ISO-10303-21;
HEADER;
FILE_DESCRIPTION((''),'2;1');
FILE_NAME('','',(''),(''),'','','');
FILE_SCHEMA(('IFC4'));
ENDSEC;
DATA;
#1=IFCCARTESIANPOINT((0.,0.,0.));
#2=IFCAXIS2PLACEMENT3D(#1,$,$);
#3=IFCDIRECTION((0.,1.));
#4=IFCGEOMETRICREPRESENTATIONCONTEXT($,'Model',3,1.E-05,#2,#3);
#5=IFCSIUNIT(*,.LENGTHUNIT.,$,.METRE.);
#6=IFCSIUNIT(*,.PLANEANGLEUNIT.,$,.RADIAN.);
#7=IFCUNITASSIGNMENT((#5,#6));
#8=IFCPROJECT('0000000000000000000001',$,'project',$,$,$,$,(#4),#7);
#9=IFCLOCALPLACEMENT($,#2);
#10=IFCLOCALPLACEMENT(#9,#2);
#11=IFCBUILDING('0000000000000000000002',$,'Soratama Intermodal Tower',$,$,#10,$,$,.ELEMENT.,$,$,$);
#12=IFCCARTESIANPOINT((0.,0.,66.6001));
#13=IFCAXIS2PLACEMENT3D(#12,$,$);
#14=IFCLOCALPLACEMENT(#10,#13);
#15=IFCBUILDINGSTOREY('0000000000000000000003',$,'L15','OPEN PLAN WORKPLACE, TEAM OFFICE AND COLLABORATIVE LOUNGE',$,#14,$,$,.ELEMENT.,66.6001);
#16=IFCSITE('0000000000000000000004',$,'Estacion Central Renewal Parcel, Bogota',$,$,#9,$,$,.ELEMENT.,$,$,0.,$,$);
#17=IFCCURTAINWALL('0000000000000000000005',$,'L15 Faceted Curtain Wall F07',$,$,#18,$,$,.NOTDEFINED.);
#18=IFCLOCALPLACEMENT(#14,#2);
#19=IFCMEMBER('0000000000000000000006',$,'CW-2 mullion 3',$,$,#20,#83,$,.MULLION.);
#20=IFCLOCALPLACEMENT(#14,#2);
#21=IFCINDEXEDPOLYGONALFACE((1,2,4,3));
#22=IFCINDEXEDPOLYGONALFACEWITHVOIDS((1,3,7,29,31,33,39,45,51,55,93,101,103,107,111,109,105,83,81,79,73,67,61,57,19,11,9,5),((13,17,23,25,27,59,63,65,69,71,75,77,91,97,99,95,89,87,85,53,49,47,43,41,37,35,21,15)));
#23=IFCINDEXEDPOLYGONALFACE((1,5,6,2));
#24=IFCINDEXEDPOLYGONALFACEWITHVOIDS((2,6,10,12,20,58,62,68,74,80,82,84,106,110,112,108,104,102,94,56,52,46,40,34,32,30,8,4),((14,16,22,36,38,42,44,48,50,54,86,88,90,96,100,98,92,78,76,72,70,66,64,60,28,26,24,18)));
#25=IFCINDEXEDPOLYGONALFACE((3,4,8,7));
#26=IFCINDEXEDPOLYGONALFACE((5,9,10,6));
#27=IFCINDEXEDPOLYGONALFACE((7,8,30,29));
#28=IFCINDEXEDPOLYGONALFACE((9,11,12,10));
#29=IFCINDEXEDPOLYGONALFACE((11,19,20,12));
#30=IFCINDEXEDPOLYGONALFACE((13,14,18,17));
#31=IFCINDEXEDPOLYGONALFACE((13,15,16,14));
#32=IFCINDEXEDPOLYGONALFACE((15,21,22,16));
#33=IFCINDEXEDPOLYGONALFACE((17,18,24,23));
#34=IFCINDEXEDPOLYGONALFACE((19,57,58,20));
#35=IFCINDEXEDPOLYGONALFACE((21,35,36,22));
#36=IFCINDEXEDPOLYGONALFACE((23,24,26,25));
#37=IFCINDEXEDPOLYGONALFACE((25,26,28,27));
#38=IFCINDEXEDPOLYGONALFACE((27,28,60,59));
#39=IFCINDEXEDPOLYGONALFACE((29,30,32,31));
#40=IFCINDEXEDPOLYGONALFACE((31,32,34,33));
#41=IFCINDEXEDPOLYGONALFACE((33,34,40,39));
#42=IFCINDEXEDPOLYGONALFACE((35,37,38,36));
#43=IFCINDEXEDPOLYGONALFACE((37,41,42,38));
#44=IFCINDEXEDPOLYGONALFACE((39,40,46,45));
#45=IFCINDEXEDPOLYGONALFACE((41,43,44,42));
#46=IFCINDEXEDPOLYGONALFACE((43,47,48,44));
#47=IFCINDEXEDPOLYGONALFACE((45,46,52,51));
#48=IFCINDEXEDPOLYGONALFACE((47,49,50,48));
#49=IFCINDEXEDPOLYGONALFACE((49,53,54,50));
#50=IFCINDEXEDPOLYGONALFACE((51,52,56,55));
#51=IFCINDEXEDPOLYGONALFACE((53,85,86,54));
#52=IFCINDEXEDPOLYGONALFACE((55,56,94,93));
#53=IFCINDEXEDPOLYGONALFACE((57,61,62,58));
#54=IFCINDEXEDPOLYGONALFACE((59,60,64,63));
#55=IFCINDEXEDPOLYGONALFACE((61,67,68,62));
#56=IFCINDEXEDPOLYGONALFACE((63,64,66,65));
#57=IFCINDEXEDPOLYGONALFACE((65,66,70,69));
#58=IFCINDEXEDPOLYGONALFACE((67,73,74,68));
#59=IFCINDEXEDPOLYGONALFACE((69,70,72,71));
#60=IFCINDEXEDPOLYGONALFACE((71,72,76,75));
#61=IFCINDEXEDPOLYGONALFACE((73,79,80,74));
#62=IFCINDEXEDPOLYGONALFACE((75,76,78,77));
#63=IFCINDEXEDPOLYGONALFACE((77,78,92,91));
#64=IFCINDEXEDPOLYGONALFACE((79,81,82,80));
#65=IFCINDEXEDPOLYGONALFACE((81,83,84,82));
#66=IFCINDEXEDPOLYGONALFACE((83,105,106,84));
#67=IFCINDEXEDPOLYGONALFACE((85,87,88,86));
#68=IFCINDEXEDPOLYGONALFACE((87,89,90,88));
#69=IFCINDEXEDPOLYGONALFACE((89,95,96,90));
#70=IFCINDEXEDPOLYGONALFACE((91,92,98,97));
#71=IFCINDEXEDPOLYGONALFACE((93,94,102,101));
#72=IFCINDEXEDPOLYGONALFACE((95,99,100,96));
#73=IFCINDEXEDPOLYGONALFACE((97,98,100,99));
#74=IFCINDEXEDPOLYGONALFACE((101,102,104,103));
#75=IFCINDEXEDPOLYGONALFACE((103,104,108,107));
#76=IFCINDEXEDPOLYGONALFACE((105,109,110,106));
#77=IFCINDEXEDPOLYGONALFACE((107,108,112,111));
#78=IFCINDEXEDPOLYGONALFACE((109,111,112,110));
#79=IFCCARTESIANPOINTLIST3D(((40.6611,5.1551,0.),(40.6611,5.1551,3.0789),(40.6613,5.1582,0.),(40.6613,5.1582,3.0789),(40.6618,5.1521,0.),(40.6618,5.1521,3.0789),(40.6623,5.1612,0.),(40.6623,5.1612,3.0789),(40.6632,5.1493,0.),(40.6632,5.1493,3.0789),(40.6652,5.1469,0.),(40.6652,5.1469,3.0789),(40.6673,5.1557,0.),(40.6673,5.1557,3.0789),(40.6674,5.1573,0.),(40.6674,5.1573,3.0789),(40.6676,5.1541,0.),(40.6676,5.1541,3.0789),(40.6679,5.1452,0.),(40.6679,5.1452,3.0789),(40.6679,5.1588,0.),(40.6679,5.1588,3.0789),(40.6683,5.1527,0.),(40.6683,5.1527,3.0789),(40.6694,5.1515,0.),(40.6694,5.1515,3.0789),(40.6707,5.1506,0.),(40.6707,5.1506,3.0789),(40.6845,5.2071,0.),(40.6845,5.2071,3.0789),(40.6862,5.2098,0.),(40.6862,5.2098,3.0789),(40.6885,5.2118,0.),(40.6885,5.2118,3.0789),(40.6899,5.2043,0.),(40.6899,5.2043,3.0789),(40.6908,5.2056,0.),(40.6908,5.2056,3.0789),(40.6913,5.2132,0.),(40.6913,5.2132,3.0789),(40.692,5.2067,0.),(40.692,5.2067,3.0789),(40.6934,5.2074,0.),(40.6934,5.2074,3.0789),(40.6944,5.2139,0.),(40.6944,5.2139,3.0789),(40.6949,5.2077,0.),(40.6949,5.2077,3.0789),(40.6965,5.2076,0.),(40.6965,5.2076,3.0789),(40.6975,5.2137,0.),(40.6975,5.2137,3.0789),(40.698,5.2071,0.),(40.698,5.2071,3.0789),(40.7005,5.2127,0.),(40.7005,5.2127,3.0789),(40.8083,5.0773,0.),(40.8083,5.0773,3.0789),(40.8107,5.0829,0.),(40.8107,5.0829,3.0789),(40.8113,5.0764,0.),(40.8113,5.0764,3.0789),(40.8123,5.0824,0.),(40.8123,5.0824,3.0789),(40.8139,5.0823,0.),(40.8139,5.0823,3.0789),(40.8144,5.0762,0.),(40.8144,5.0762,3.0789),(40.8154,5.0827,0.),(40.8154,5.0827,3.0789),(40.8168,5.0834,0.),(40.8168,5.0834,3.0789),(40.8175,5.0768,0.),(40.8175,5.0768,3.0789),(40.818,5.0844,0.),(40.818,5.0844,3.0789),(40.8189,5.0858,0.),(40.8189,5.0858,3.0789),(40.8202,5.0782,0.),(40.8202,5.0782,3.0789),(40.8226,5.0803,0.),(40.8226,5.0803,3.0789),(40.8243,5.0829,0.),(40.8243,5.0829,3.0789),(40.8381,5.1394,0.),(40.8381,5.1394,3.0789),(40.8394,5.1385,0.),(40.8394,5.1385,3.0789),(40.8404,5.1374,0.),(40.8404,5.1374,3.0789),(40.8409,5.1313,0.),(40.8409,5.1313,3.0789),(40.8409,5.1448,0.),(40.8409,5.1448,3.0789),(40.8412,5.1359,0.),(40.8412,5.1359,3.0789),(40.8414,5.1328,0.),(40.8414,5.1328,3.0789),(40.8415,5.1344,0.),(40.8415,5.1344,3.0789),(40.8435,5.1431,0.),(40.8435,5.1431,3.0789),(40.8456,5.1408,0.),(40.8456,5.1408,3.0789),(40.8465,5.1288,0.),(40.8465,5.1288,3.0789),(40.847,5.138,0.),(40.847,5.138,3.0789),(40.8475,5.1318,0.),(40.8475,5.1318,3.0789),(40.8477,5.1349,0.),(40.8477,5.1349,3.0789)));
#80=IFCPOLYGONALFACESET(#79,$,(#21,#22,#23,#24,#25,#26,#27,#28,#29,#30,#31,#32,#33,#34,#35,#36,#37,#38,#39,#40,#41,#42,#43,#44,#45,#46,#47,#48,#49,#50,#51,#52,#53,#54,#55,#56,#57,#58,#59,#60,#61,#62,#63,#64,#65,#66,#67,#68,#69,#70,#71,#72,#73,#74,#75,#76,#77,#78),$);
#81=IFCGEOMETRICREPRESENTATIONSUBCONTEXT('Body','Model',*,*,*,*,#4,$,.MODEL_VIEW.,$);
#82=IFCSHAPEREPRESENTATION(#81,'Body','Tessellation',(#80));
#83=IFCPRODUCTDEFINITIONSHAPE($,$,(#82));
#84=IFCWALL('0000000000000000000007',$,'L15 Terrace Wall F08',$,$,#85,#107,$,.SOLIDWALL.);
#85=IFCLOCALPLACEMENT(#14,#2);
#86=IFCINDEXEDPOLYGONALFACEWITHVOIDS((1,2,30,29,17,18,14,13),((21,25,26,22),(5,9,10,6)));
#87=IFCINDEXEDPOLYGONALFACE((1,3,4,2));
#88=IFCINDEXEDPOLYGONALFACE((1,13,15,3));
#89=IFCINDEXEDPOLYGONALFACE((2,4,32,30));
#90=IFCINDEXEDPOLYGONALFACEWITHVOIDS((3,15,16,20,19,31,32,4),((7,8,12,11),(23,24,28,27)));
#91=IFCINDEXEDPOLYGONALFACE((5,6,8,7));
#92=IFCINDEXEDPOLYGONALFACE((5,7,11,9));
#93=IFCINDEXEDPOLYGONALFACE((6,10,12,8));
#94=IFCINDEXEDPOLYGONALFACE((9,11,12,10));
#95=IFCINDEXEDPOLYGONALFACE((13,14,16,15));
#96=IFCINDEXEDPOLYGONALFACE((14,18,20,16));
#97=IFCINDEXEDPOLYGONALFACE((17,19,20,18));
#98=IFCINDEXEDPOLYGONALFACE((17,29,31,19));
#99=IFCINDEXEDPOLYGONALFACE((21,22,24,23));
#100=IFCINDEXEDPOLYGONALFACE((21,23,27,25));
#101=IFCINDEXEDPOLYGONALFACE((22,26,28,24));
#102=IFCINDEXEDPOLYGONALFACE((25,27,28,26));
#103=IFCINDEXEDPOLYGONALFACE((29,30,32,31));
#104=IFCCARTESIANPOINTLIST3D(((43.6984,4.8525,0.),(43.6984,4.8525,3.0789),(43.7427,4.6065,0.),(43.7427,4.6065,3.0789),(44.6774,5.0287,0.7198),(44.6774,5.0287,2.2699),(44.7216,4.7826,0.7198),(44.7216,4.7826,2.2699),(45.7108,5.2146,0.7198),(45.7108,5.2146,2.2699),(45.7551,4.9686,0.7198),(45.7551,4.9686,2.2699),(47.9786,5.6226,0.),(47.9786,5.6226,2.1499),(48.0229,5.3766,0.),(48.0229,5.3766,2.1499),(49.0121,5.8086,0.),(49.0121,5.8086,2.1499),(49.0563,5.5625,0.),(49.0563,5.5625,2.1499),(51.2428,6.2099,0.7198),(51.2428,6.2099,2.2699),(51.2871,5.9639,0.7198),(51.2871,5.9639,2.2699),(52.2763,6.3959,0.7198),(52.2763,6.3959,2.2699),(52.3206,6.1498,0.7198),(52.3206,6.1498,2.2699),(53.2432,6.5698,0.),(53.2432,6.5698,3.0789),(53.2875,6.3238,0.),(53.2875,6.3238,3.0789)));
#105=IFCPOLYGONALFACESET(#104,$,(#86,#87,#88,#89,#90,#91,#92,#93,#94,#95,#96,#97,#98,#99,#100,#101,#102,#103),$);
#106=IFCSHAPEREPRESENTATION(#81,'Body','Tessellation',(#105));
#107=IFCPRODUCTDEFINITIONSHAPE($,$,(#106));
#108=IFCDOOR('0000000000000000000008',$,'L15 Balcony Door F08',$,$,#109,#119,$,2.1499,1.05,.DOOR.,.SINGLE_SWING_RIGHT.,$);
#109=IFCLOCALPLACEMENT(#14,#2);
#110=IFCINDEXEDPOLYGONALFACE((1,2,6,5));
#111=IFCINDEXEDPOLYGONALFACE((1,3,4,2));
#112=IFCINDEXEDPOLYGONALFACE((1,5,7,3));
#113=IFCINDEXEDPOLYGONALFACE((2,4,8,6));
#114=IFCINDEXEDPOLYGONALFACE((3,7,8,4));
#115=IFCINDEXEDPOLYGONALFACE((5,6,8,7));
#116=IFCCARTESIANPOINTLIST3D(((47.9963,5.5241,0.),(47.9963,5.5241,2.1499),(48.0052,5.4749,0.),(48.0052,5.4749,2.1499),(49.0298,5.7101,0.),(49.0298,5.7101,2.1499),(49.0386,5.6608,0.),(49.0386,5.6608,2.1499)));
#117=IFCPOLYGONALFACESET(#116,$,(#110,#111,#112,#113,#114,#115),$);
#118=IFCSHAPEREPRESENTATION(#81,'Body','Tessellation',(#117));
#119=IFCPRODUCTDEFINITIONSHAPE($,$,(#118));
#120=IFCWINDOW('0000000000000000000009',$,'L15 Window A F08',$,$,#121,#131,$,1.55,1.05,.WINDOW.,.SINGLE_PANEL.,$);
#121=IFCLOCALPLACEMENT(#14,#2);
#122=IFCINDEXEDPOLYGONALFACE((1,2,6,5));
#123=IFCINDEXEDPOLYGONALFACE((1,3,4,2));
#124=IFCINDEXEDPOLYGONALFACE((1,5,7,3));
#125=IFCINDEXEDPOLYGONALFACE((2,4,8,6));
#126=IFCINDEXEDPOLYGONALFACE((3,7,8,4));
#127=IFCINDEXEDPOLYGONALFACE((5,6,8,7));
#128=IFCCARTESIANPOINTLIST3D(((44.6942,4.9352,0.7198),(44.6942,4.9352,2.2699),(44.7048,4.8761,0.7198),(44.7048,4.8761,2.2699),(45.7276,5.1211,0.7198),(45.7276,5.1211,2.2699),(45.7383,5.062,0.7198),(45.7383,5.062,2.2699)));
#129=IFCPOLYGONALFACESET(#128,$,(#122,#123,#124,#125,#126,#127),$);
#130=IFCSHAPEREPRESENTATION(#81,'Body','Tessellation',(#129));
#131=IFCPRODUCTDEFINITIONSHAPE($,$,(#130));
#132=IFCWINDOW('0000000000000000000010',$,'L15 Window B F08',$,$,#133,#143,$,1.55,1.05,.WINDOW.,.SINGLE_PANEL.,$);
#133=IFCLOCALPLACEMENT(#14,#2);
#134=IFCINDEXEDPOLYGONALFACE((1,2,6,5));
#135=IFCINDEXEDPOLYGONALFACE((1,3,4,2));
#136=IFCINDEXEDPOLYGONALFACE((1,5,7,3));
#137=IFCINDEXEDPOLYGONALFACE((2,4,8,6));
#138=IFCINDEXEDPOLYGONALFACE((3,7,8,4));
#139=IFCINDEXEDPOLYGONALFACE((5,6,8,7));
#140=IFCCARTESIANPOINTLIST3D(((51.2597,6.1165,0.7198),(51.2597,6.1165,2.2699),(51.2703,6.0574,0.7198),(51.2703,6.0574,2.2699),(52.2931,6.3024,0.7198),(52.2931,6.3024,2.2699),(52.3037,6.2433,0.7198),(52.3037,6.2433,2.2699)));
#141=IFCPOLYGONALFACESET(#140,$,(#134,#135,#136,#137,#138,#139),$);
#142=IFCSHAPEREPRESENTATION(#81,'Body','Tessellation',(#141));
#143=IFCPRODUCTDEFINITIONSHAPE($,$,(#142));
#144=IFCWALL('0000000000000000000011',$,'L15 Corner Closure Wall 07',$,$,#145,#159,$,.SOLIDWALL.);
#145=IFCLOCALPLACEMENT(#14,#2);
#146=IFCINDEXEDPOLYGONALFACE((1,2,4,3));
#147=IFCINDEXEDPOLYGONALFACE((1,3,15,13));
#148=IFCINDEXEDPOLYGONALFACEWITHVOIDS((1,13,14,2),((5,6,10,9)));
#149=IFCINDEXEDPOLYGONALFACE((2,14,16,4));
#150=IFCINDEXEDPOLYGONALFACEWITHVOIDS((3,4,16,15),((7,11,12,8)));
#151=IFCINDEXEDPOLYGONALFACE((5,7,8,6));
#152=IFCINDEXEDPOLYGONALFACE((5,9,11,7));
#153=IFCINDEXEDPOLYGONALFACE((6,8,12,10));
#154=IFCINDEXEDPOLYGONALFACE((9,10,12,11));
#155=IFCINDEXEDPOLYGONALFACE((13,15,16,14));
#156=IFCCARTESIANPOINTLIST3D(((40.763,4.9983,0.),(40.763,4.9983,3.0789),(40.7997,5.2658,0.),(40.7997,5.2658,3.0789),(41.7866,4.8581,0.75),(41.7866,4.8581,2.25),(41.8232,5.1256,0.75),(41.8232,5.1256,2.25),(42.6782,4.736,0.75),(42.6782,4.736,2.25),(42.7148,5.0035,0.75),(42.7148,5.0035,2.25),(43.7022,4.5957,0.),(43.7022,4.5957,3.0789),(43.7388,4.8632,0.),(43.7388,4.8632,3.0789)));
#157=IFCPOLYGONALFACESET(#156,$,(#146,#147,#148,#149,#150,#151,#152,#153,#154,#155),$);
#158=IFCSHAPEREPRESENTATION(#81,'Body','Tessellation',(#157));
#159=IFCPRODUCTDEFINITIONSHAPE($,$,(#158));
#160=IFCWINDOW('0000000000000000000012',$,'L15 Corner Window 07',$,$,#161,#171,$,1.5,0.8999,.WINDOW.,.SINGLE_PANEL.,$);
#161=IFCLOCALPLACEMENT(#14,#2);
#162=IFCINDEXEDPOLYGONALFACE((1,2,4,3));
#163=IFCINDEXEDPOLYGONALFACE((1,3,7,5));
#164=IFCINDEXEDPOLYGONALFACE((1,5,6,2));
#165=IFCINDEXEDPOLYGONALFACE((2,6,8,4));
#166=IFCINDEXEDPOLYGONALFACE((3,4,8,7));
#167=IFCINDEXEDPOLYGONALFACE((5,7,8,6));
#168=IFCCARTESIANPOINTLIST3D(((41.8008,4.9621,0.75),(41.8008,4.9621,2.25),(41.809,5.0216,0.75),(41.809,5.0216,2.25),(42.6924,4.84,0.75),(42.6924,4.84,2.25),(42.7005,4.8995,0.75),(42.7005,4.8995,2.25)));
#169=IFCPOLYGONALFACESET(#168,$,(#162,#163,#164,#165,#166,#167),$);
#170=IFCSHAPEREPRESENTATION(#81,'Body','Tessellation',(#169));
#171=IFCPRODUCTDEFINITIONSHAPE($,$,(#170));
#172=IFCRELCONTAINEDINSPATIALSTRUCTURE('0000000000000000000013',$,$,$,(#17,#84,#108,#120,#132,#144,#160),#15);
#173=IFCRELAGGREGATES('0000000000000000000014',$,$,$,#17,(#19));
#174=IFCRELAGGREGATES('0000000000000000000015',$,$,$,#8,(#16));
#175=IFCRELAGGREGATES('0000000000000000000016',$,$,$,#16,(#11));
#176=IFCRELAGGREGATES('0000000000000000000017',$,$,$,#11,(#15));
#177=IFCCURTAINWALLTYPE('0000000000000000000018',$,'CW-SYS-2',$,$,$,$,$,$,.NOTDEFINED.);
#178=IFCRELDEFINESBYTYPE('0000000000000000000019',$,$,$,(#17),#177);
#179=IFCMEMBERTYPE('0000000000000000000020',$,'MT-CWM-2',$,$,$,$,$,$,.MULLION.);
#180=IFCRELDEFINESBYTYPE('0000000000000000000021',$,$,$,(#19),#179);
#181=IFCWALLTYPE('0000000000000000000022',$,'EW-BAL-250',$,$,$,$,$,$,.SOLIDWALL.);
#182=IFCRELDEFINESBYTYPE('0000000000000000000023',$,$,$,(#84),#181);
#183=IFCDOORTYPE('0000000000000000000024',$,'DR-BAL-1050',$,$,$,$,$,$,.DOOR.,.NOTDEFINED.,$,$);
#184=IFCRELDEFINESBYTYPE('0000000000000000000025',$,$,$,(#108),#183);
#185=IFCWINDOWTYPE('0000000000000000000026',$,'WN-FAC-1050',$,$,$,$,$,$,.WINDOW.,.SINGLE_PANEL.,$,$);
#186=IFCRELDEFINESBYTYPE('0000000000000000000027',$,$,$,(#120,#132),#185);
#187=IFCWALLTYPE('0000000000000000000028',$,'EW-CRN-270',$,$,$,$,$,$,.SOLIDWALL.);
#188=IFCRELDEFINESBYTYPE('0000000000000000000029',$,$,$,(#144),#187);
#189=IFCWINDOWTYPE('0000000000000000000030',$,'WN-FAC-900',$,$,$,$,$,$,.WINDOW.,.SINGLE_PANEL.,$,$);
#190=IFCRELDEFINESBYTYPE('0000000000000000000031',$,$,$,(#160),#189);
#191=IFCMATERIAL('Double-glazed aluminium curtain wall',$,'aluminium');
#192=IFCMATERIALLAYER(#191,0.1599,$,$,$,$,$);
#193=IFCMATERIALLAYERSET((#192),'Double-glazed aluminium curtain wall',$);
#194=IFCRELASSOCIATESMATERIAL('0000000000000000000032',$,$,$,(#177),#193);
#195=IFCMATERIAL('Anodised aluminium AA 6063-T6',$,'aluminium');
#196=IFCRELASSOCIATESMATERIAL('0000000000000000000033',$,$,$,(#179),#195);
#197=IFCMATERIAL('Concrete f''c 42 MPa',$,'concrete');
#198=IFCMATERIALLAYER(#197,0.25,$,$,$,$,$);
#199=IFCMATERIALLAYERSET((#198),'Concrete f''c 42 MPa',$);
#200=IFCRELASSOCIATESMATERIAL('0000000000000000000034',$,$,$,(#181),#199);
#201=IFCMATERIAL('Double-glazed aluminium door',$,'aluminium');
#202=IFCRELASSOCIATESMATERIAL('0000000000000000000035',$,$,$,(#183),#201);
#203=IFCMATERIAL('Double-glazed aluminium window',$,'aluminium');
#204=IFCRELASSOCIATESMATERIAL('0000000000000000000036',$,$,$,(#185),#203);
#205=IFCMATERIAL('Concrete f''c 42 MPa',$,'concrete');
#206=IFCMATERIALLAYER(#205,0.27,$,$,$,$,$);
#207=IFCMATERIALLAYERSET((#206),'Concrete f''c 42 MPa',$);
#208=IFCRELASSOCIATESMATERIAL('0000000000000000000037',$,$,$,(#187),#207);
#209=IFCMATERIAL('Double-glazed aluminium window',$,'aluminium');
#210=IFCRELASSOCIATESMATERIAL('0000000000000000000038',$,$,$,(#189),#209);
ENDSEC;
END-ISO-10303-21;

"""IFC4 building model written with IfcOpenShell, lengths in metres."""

from ifc_helpers import new_model, si_unit, direction, frame, frame_2d, origin, origin_2d, place, context, subcontext, project, spatial, rectangle, hollow_rectangle, extrude, material, layer, layer_set, material_profile, profile_set, type_object, element, fill, aggregate, save


model = new_model("IFC4")

# Units and contexts
model_context = context("Model", 3, precision=1e-05, world=origin(), true_north=direction((0.0, 1.0)))
body_context = subcontext(model_context, "Body", "Model", "MODEL_VIEW")
ifc_project = project(units=[si_unit("LENGTHUNIT", "METRE"), si_unit("PLANEANGLEUNIT", "RADIAN")], contexts=[model_context])

# Site, building, storey
site_placement = place(None, origin())
site = spatial("IfcSite", under=ifc_project, at=site_placement, Name="Estacion Central Renewal Parcel, Bogota", CompositionType="ELEMENT", RefElevation=0.0)
building_placement = place(site_placement, origin())
building = spatial("IfcBuilding", under=site, at=building_placement, Name="Soratama Intermodal Tower", CompositionType="ELEMENT")
storey_placement = place(building_placement, frame((0.0, 0.0, 66.6001)))
storey = spatial("IfcBuildingStorey", under=building, at=storey_placement, Name="L15", Description="OPEN PLAN WORKPLACE, TEAM OFFICE AND COLLABORATIVE LOUNGE", CompositionType="ELEMENT", Elevation=66.6001)

# Curtain wall, member
ifc_material_1 = material(Name="Double-glazed aluminium curtain wall", Category="aluminium")
ifc_layer_1 = layer(ifc_material_1, 0.1599)
ifc_layer_set_1 = layer_set([ifc_layer_1], Name="Double-glazed aluminium curtain wall")
curtain_wall_type = type_object("IfcCurtainWallType", Name="CW-SYS-2", PredefinedType="NOTDEFINED", material=ifc_layer_set_1)
curtain_wall_placement = place(storey_placement, origin())
curtain_wall = element("IfcCurtainWall", 1, at=curtain_wall_placement, inside=storey, type_object=curtain_wall_type, Name="L15 Faceted Curtain Wall F07", PredefinedType="NOTDEFINED")
ifc_material_2 = material(Name="Anodised aluminium AA 6063-T6", Category="aluminium")
ifc_material_profile_1 = material_profile(ifc_material_2, hollow_rectangle(XDim=0.075, YDim=0.1799, WallThickness=0.0061, InnerFilletRadius=0.0061, OuterFilletRadius=0.012, at=origin_2d()), Name="CWM180X75X6")
ifc_profile_set_1 = profile_set([ifc_material_profile_1], Name="Anodised aluminium AA 6063-T6")
member_type = type_object("IfcMemberType", Name="MT-CWM-2", PredefinedType="MULLION", material=ifc_profile_set_1)
member_placement = place(storey_placement, frame((40.7544, 5.145, 0.0), z_axis=(0.0, 0.0, 1.0), x_axis=(0.435225, 0.900322, 0.0)))
member = element("IfcMember", 2, at=member_placement, type_object=member_type, Name="CW-2 mullion 3", PredefinedType="MULLION", context=body_context, shape_type="SweptSolid", body=[
    extrude(hollow_rectangle(XDim=0.075, YDim=0.1799, WallThickness=0.0061, InnerFilletRadius=0.0061, OuterFilletRadius=0.012, at=origin_2d()), origin(), (0.0, 0.0, 1.0), 3.0789),
])
aggregate(curtain_wall, [member])

# Wall, openings, door, windows
ifc_material_3 = material(Name="Concrete f'c 42 MPa", Category="concrete")
ifc_layer_2 = layer(ifc_material_3, 0.25)
ifc_layer_set_2 = layer_set([ifc_layer_2], Name="Concrete f'c 42 MPa")
wall_type_1 = type_object("IfcWallType", Name="EW-BAL-250", PredefinedType="SOLIDWALL", material=ifc_layer_set_2)
wall_1_placement = place(storey_placement, frame((43.7205, 4.7295, 0.0), z_axis=(0.0, 0.0, 1.0), x_axis=(0.984197, 0.177077, 0.0)))
wall_1 = element("IfcWall", 3, at=wall_1_placement, inside=storey, type_object=wall_type_1, Name="L15 Terrace Wall F08", PredefinedType="SOLIDWALL", context=body_context, shape_type="SweptSolid", body=[
    extrude(rectangle(XDim=9.698, YDim=0.25, at=frame_2d((4.8491, 0.0))), origin(), (0.0, 0.0, 1.0), 3.0789),
])
opening_1_placement = place(wall_1_placement, frame((4.3491, 0.0, 0.0)))
opening_1 = element("IfcOpeningElement", 4, at=opening_1_placement, cuts=wall_1, PredefinedType="OPENING", context=body_context, shape_type="SweptSolid", body=[
    extrude(rectangle(XDim=1.05, YDim=2.1499, at=frame_2d((0.5249, 1.075))), frame((0.0, 0.135, 0.0), z_axis=(0.0, -1.0, 0.0), x_axis=(1.0, 0.0, 0.0)), (0.0, 0.0, 1.0), 0.27),
])
opening_2_placement = place(wall_1_placement, frame((0.9949, 0.0, 0.72)))
opening_2 = element("IfcOpeningElement", 5, at=opening_2_placement, cuts=wall_1, PredefinedType="OPENING", context=body_context, shape_type="SweptSolid", body=[
    extrude(rectangle(XDim=1.05, YDim=1.55, at=frame_2d((0.5249, 0.7749))), frame((0.0, 0.135, 0.0), z_axis=(0.0, -1.0, 0.0), x_axis=(1.0, 0.0, 0.0)), (0.0, 0.0, 1.0), 0.27),
])
opening_3_placement = place(wall_1_placement, frame((7.6658, 0.0, 0.72)))
opening_3 = element("IfcOpeningElement", 6, at=opening_3_placement, cuts=wall_1, PredefinedType="OPENING", context=body_context, shape_type="SweptSolid", body=[
    extrude(rectangle(XDim=1.05, YDim=1.55, at=frame_2d((0.5249, 0.7749))), frame((0.0, 0.135, 0.0), z_axis=(0.0, -1.0, 0.0), x_axis=(1.0, 0.0, 0.0)), (0.0, 0.0, 1.0), 0.27),
])
ifc_material_4 = material(Name="Double-glazed aluminium door", Category="aluminium")
door_type_1 = type_object("IfcDoorType", Name="DR-BAL-1050", OperationType="NOTDEFINED", PredefinedType="DOOR", material=ifc_material_4)
door_1_placement = place(opening_1_placement, origin())
door_1 = element("IfcDoor", 7, at=door_1_placement, inside=storey, type_object=door_type_1, Name="L15 Balcony Door F08", OperationType="SINGLE_SWING_RIGHT", OverallHeight=2.1499, OverallWidth=1.05, PredefinedType="DOOR", context=body_context, shape_type="SweptSolid", body=[
    extrude(rectangle(XDim=1.05, YDim=2.1499, at=frame_2d((0.5249, 1.075))), frame((0.0, 0.0249, 0.0), z_axis=(0.0, -1.0, 0.0), x_axis=(1.0, 0.0, 0.0)), (0.0, 0.0, 1.0), 0.05),
])
fill(opening_1, door_1)
ifc_material_5 = material(Name="Double-glazed aluminium window", Category="aluminium")
window_type_1 = type_object("IfcWindowType", Name="WN-FAC-1050", PartitioningType="SINGLE_PANEL", PredefinedType="WINDOW", material=ifc_material_5)
window_1_placement = place(opening_2_placement, origin())
window_1 = element("IfcWindow", 8, at=window_1_placement, inside=storey, type_object=window_type_1, Name="L15 Window A F08", OverallHeight=1.55, OverallWidth=1.05, PartitioningType="SINGLE_PANEL", PredefinedType="WINDOW", context=body_context, shape_type="SweptSolid", body=[
    extrude(rectangle(XDim=1.05, YDim=1.55, at=frame_2d((0.5249, 0.7749))), frame((0.0, 0.03, 0.0), z_axis=(0.0, -1.0, 0.0), x_axis=(1.0, 0.0, 0.0)), (0.0, 0.0, 1.0), 0.0601),
])
fill(opening_2, window_1)
window_2_placement = place(opening_3_placement, origin())
window_2 = element("IfcWindow", 9, at=window_2_placement, inside=storey, type_object=window_type_1, Name="L15 Window B F08", OverallHeight=1.55, OverallWidth=1.05, PartitioningType="SINGLE_PANEL", PredefinedType="WINDOW", context=body_context, shape_type="SweptSolid", body=[
    extrude(rectangle(XDim=1.05, YDim=1.55, at=frame_2d((0.5249, 0.7749))), frame((0.0, 0.03, 0.0), z_axis=(0.0, -1.0, 0.0), x_axis=(1.0, 0.0, 0.0)), (0.0, 0.0, 1.0), 0.0601),
])
fill(opening_3, window_2)

# Wall, opening, window
ifc_material_6 = material(Name="Concrete f'c 42 MPa", Category="concrete")
ifc_layer_3 = layer(ifc_material_6, 0.27)
ifc_layer_set_3 = layer_set([ifc_layer_3], Name="Concrete f'c 42 MPa")
wall_type_2 = type_object("IfcWallType", Name="EW-CRN-270", PredefinedType="SOLIDWALL", material=ifc_layer_set_3)
wall_2_placement = place(storey_placement, frame((40.7812, 5.1321, 0.0), z_axis=(0.0, 0.0, 1.0), x_axis=(0.990749, -0.135704, 0.0)))
wall_2 = element("IfcWall", 10, at=wall_2_placement, inside=storey, type_object=wall_type_2, Name="L15 Corner Closure Wall 07", PredefinedType="SOLIDWALL", context=body_context, shape_type="SweptSolid", body=[
    extrude(rectangle(XDim=2.9666, YDim=0.27, at=frame_2d((1.4834, 0.0))), origin(), (0.0, 0.0, 1.0), 3.0789),
])
opening_4_placement = place(wall_2_placement, frame((1.0332, 0.0, 0.75)))
opening_4 = element("IfcOpeningElement", 11, at=opening_4_placement, cuts=wall_2, PredefinedType="OPENING", context=body_context, shape_type="SweptSolid", body=[
    extrude(rectangle(XDim=0.8999, YDim=1.5, at=frame_2d((0.45, 0.75))), frame((0.0, 0.145, 0.0), z_axis=(0.0, -1.0, 0.0), x_axis=(1.0, 0.0, 0.0)), (0.0, 0.0, 1.0), 0.29),
])
ifc_material_7 = material(Name="Double-glazed aluminium window", Category="aluminium")
window_type_2 = type_object("IfcWindowType", Name="WN-FAC-900", PartitioningType="SINGLE_PANEL", PredefinedType="WINDOW", material=ifc_material_7)
window_3_placement = place(opening_4_placement, origin())
window_3 = element("IfcWindow", 12, at=window_3_placement, inside=storey, type_object=window_type_2, Name="L15 Corner Window 07", OverallHeight=1.5, OverallWidth=0.8999, PartitioningType="SINGLE_PANEL", PredefinedType="WINDOW", context=body_context, shape_type="SweptSolid", body=[
    extrude(rectangle(XDim=0.8999, YDim=1.5, at=frame_2d((0.45, 0.75))), frame((0.0, 0.03, 0.0), z_axis=(0.0, -1.0, 0.0), x_axis=(1.0, 0.0, 0.0)), (0.0, 0.0, 1.0), 0.0601),
])
fill(opening_4, window_3)

save(model, "model.ifc")
